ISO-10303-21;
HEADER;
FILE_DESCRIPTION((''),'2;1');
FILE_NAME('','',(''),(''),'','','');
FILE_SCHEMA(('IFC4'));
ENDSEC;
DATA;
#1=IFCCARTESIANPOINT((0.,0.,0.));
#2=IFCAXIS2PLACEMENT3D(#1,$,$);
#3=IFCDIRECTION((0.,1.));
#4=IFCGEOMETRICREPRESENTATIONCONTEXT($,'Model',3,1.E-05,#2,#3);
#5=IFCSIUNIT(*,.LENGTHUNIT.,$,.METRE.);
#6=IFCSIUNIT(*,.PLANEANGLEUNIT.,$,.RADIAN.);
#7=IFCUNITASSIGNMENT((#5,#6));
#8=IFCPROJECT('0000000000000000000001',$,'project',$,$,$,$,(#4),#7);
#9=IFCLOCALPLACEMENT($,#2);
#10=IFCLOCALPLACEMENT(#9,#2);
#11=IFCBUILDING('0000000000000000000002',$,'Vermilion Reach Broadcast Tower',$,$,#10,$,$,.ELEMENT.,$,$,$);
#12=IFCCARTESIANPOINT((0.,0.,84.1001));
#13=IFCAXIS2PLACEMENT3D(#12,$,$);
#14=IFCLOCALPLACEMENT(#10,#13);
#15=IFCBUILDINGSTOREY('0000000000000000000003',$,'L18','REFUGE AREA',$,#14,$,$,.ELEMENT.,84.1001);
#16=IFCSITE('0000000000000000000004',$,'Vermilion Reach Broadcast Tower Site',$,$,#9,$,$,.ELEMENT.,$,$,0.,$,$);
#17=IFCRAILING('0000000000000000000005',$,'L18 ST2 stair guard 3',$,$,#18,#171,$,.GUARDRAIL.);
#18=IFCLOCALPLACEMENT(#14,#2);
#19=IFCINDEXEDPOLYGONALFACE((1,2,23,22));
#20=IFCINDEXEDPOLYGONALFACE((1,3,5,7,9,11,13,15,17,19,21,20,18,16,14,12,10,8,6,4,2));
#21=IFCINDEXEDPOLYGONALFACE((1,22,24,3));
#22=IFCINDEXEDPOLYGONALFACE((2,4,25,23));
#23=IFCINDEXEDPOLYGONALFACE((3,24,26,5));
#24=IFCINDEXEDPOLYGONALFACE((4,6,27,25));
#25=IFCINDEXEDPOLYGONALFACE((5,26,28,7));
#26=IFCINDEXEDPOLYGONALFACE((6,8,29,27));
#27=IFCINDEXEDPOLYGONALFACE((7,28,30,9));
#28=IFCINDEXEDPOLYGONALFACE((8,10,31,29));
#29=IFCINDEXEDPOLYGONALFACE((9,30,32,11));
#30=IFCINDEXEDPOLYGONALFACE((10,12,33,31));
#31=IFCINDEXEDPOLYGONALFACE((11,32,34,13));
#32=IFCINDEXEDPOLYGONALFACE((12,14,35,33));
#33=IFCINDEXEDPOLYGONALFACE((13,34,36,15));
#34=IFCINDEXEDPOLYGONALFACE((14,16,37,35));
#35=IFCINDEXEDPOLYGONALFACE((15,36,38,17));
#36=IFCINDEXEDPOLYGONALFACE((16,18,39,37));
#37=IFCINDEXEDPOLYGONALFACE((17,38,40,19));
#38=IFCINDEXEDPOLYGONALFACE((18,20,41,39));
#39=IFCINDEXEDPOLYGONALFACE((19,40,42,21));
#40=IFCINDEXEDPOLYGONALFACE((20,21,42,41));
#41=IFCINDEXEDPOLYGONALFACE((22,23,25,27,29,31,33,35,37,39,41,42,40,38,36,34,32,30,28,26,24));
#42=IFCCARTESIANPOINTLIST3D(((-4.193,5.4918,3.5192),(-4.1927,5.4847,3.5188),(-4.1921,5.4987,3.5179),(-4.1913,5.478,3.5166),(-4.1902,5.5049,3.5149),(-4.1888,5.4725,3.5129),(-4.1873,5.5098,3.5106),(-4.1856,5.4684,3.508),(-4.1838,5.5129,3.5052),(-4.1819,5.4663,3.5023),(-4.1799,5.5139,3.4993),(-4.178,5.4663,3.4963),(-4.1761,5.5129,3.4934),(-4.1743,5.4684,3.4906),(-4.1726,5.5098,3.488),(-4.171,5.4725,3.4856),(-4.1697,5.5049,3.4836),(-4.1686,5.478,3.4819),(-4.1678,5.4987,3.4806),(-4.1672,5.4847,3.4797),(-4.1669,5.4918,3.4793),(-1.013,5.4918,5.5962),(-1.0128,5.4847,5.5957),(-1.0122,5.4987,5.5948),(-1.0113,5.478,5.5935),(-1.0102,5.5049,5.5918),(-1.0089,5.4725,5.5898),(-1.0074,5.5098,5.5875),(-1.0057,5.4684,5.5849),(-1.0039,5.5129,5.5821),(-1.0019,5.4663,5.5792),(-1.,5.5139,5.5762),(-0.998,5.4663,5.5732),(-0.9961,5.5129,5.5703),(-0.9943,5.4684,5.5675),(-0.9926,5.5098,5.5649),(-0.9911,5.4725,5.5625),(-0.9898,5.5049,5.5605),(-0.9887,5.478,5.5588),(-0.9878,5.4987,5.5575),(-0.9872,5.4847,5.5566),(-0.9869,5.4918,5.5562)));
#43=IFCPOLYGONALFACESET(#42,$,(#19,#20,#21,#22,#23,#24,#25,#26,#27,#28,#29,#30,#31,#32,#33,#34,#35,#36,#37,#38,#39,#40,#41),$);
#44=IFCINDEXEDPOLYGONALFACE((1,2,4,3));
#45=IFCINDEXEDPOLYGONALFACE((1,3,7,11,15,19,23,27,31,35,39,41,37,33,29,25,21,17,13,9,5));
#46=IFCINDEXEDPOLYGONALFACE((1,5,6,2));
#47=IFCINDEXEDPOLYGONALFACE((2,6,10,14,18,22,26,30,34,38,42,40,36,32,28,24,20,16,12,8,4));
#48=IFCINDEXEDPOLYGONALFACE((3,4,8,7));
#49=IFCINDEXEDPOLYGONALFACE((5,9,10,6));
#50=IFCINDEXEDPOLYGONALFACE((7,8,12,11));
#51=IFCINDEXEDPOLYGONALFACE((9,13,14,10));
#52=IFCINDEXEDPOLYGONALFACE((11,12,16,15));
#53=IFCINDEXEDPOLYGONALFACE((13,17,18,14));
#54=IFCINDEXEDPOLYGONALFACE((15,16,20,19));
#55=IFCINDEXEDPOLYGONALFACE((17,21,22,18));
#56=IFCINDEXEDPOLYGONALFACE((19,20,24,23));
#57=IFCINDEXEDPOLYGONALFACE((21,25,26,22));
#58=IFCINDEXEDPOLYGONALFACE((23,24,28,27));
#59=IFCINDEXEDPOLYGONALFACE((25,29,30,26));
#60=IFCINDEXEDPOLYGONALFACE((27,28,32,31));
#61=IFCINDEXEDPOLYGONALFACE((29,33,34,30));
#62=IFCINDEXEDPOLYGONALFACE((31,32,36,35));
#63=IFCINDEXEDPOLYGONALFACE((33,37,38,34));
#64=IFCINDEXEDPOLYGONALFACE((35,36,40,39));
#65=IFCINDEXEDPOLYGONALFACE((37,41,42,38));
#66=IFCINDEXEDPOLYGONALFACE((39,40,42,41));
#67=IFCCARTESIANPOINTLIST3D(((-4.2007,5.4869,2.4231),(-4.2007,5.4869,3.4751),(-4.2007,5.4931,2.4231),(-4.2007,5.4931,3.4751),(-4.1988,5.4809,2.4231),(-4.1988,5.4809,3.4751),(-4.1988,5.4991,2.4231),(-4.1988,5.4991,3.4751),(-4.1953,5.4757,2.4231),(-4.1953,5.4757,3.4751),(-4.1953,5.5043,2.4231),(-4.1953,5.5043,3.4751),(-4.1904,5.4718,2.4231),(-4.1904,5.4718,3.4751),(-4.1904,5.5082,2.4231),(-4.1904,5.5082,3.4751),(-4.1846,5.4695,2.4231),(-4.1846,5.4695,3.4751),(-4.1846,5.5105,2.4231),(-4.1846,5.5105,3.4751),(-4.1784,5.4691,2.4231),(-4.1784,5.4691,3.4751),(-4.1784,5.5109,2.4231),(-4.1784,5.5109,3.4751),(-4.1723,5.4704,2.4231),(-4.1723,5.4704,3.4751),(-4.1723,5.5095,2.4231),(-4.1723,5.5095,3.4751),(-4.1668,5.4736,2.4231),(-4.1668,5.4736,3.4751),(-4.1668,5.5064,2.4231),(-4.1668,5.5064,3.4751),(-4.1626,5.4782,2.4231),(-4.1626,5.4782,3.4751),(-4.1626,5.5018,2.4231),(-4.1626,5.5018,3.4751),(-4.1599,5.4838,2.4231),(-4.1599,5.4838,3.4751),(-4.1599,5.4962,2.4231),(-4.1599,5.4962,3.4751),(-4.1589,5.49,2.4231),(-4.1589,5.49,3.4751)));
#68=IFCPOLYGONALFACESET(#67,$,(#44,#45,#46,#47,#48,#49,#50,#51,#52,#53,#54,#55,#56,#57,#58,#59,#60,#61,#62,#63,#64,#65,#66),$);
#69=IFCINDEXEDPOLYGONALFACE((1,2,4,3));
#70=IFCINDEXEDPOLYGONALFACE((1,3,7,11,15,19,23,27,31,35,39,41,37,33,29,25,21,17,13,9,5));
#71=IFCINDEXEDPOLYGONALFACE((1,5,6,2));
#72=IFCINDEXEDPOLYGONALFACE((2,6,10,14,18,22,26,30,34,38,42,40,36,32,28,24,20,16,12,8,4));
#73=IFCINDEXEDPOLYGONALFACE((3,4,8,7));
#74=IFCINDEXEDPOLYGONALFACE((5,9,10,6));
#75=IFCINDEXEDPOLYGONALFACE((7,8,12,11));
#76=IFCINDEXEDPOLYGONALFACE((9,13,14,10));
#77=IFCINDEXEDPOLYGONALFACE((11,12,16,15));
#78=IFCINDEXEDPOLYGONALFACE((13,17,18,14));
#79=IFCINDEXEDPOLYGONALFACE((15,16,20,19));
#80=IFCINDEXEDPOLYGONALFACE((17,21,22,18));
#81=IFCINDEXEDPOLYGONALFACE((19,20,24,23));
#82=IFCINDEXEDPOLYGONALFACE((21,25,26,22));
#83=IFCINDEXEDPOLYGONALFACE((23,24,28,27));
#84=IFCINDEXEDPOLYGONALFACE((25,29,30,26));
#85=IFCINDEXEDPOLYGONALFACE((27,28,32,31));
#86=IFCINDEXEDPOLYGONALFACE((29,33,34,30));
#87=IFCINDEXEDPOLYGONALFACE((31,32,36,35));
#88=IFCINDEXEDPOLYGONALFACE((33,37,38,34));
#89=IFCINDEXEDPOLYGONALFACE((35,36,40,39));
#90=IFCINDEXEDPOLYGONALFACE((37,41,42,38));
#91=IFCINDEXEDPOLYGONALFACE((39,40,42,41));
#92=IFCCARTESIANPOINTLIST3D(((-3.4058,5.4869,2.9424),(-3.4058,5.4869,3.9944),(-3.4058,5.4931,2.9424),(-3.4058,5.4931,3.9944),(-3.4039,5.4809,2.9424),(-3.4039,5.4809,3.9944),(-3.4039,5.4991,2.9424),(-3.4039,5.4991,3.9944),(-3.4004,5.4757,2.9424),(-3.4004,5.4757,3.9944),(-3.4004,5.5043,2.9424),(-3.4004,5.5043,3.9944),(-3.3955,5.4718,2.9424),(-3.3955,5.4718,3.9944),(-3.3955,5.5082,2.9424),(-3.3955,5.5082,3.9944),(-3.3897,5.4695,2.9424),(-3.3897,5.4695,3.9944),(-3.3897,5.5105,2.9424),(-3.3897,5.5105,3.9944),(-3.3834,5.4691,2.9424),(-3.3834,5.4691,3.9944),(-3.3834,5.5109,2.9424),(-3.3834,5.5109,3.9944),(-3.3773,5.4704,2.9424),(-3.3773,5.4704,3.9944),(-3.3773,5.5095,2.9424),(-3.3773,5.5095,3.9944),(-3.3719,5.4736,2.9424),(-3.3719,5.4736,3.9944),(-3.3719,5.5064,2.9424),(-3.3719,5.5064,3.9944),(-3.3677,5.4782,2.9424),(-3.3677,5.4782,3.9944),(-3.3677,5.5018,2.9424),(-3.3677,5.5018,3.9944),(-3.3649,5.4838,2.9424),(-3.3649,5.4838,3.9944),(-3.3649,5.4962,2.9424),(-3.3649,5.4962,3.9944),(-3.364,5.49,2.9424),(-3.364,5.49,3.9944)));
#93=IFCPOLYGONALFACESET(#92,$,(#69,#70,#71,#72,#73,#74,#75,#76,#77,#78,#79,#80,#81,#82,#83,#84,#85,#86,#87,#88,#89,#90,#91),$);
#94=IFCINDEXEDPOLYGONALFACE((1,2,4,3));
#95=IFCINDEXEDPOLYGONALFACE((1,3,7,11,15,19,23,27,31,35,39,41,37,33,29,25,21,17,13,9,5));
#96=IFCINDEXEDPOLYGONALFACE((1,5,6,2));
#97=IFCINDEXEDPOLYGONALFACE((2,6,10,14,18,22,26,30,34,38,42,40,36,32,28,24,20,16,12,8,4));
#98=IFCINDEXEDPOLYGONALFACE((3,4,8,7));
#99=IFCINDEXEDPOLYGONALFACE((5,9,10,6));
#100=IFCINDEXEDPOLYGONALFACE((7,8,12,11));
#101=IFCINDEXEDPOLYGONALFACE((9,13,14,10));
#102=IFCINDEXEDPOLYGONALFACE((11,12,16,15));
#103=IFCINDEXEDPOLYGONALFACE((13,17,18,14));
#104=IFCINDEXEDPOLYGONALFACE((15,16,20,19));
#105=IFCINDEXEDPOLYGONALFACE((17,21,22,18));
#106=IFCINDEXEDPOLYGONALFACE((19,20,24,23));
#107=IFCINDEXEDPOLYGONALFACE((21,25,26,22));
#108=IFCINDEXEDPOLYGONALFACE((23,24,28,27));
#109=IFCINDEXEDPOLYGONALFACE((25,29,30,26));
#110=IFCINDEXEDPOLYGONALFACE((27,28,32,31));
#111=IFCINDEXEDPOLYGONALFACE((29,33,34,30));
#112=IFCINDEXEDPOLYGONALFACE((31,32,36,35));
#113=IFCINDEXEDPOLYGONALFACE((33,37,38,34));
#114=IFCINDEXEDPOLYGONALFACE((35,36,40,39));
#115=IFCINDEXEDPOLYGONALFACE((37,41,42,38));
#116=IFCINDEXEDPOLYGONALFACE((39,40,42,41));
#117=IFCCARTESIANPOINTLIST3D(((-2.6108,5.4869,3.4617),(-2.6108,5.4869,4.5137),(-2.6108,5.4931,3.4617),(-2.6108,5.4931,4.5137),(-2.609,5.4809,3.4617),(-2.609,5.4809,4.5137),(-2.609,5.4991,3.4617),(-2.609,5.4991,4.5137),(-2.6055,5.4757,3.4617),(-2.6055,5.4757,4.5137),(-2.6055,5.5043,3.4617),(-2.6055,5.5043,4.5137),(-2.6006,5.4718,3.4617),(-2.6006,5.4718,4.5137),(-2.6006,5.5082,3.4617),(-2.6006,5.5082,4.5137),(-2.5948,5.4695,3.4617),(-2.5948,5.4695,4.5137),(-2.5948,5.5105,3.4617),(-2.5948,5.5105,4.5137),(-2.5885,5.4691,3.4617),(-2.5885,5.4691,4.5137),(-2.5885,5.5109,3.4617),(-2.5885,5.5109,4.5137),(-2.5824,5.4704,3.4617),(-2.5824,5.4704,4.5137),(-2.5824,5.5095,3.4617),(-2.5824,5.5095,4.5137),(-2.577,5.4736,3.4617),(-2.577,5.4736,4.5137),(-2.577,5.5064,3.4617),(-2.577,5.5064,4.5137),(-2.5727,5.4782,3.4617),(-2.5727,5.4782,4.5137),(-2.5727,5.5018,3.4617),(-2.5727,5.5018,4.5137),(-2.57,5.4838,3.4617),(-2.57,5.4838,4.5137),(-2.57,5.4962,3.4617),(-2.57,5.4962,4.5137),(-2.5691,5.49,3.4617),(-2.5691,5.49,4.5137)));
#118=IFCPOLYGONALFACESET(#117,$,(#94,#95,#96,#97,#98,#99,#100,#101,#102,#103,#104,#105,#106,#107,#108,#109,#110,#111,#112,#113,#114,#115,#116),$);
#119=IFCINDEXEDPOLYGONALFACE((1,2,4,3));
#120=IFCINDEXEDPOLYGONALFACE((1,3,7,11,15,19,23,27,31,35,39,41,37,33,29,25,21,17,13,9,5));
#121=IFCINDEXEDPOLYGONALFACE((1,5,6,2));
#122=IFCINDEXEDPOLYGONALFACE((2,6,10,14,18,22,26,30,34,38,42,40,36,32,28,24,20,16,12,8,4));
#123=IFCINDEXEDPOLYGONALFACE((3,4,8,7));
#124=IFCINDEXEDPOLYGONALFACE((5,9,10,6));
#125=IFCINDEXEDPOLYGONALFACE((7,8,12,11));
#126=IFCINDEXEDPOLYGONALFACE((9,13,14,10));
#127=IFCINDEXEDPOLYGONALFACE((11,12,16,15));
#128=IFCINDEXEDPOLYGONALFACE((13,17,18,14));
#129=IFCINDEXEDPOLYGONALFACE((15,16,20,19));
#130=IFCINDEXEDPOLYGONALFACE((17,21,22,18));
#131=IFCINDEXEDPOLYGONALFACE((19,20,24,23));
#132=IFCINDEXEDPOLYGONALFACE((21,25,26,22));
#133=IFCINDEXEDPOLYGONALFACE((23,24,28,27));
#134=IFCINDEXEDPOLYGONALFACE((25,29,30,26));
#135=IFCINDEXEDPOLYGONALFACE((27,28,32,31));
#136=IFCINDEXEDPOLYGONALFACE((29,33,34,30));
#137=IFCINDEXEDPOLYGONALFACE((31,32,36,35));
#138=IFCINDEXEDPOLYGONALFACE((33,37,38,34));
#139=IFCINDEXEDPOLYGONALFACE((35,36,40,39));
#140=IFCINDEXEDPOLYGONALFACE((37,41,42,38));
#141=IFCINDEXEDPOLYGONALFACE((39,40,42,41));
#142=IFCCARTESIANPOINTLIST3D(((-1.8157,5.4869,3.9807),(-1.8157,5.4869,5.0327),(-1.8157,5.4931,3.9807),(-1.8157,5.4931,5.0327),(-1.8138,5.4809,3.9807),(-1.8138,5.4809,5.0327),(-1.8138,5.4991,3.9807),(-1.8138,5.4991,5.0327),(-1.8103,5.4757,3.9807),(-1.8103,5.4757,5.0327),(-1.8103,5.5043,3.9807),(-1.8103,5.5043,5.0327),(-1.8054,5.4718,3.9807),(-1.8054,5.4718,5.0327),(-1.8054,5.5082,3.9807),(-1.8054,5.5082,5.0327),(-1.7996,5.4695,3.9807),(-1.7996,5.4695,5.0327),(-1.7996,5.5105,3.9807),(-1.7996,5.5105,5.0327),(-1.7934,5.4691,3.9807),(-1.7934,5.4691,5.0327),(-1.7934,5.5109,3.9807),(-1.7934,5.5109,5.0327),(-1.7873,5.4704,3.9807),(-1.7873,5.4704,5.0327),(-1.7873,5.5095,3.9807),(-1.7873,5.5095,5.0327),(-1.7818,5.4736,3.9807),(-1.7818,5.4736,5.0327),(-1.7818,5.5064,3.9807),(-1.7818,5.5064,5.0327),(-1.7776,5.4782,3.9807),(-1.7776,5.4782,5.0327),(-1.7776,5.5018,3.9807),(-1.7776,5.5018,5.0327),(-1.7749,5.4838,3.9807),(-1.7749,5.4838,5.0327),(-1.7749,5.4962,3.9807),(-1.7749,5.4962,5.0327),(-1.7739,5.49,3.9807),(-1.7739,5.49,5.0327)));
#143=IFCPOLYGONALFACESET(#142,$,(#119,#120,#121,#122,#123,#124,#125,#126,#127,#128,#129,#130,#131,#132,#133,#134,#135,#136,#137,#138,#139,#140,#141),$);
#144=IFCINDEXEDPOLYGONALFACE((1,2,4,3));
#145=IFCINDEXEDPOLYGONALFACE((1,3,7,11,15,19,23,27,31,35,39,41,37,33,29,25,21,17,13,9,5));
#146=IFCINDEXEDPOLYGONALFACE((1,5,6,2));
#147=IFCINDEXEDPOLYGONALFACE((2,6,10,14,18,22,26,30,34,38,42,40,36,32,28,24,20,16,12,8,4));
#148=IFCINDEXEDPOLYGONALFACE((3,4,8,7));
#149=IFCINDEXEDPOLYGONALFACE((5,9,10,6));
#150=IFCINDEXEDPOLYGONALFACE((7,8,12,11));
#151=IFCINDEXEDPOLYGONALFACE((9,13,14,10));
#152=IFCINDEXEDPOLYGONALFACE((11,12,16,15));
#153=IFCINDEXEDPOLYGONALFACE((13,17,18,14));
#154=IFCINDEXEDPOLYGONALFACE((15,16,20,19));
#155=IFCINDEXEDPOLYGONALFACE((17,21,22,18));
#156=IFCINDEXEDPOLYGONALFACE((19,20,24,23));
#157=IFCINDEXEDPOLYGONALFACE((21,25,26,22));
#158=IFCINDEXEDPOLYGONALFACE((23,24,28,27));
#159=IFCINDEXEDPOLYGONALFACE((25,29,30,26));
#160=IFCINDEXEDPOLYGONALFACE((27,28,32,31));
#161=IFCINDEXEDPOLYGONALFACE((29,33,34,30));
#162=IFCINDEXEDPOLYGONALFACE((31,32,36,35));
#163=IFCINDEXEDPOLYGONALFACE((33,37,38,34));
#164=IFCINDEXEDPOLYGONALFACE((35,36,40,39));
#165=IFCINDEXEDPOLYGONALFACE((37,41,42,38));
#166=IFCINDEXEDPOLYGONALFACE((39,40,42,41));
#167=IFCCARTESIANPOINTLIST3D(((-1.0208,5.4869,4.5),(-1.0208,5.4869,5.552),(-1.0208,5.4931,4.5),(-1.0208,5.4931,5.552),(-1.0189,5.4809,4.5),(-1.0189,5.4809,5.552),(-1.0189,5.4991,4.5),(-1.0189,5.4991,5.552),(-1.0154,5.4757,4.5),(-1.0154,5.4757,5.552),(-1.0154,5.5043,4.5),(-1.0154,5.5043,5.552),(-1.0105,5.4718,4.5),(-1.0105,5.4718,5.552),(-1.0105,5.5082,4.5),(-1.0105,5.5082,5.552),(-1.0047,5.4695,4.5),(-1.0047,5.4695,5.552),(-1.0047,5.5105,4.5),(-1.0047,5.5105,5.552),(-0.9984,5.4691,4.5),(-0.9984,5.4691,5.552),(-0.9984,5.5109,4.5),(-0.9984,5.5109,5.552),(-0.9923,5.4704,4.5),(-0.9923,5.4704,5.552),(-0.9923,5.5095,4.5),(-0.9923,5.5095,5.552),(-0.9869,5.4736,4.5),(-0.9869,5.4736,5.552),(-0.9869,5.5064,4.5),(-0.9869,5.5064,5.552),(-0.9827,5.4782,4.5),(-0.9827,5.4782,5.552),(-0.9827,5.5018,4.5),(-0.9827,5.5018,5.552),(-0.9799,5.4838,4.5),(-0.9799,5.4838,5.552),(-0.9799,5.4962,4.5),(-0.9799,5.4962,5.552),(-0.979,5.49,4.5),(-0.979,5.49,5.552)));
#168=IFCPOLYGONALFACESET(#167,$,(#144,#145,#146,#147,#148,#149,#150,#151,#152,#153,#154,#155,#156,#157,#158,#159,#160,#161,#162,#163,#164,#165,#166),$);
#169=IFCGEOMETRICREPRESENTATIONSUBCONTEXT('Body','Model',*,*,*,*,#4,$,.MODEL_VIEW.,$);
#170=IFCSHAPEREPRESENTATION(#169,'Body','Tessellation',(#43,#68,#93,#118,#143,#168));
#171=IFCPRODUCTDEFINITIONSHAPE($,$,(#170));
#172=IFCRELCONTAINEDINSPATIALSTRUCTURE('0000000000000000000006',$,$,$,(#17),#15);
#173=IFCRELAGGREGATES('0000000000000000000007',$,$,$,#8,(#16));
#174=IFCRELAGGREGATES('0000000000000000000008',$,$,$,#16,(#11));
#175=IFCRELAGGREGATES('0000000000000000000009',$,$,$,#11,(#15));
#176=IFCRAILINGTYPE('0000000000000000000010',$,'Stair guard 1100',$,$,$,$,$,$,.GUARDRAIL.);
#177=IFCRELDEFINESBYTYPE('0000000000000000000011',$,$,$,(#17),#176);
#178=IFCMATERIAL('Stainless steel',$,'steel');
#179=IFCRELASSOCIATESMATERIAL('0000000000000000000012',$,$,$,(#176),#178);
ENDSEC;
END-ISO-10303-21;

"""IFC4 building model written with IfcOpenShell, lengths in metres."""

from ifc_helpers import new_model, si_unit, direction, frame, origin, origin_2d, place, context, subcontext, project, spatial, circle, extrude, material, type_object, element, save


model = new_model("IFC4")

# Units and contexts
model_context = context("Model", 3, precision=1e-05, world=origin(), true_north=direction((0.0, 1.0)))
body_context = subcontext(model_context, "Body", "Model", "MODEL_VIEW")
ifc_project = project(units=[si_unit("LENGTHUNIT", "METRE"), si_unit("PLANEANGLEUNIT", "RADIAN")], contexts=[model_context])

# Site, building, storey
site_placement = place(None, origin())
site = spatial("IfcSite", under=ifc_project, at=site_placement, Name="Vermilion Reach Broadcast Tower Site", CompositionType="ELEMENT", RefElevation=0.0)
building_placement = place(site_placement, origin())
building = spatial("IfcBuilding", under=site, at=building_placement, Name="Vermilion Reach Broadcast Tower", CompositionType="ELEMENT")
storey_placement = place(building_placement, frame((0.0, 0.0, 84.1001)))
storey = spatial("IfcBuildingStorey", under=building, at=storey_placement, Name="L18", Description="REFUGE AREA", CompositionType="ELEMENT", Elevation=84.1001)

# Railing
ifc_material_1 = material(Name="Stainless steel", Category="steel")
railing_type_1 = type_object("IfcRailingType", Name="Stair guard 1100", PredefinedType="GUARDRAIL", material=ifc_material_1)
railing_1_placement = place(storey_placement, frame((-4.1799, 5.49, 2.4231)))
element("IfcRailing", 1, at=railing_1_placement, inside=storey, type_object=railing_type_1, Name="L18 ST2 stair guard 3", PredefinedType="GUARDRAIL", context=body_context, shape_type="SweptSolid", body=[
    extrude(circle(Radius=0.0239, at=origin_2d()), frame((0.0, 0.0, 1.0762), z_axis=(0.837245, 0.0, 0.546828), x_axis=(0.0, 1.0, 0.0)), (0.0, 0.0, 1.0), 3.7981),
    extrude(circle(Radius=0.021, at=origin_2d()), origin(), (0.0, 0.0, 1.0), 1.052),
    extrude(circle(Radius=0.021, at=origin_2d()), frame((0.7949, 0.0, 0.5193)), (0.0, 0.0, 1.0), 1.052),
    extrude(circle(Radius=0.021, at=origin_2d()), frame((1.5898, 0.0, 1.0386)), (0.0, 0.0, 1.0), 1.052),
    extrude(circle(Radius=0.021, at=origin_2d()), frame((2.385, 0.0, 1.5576)), (0.0, 0.0, 1.0), 1.052),
    extrude(circle(Radius=0.021, at=origin_2d()), frame((3.1799, 0.0, 2.0769)), (0.0, 0.0, 1.0), 1.052),
])

save(model, "model.ifc")
